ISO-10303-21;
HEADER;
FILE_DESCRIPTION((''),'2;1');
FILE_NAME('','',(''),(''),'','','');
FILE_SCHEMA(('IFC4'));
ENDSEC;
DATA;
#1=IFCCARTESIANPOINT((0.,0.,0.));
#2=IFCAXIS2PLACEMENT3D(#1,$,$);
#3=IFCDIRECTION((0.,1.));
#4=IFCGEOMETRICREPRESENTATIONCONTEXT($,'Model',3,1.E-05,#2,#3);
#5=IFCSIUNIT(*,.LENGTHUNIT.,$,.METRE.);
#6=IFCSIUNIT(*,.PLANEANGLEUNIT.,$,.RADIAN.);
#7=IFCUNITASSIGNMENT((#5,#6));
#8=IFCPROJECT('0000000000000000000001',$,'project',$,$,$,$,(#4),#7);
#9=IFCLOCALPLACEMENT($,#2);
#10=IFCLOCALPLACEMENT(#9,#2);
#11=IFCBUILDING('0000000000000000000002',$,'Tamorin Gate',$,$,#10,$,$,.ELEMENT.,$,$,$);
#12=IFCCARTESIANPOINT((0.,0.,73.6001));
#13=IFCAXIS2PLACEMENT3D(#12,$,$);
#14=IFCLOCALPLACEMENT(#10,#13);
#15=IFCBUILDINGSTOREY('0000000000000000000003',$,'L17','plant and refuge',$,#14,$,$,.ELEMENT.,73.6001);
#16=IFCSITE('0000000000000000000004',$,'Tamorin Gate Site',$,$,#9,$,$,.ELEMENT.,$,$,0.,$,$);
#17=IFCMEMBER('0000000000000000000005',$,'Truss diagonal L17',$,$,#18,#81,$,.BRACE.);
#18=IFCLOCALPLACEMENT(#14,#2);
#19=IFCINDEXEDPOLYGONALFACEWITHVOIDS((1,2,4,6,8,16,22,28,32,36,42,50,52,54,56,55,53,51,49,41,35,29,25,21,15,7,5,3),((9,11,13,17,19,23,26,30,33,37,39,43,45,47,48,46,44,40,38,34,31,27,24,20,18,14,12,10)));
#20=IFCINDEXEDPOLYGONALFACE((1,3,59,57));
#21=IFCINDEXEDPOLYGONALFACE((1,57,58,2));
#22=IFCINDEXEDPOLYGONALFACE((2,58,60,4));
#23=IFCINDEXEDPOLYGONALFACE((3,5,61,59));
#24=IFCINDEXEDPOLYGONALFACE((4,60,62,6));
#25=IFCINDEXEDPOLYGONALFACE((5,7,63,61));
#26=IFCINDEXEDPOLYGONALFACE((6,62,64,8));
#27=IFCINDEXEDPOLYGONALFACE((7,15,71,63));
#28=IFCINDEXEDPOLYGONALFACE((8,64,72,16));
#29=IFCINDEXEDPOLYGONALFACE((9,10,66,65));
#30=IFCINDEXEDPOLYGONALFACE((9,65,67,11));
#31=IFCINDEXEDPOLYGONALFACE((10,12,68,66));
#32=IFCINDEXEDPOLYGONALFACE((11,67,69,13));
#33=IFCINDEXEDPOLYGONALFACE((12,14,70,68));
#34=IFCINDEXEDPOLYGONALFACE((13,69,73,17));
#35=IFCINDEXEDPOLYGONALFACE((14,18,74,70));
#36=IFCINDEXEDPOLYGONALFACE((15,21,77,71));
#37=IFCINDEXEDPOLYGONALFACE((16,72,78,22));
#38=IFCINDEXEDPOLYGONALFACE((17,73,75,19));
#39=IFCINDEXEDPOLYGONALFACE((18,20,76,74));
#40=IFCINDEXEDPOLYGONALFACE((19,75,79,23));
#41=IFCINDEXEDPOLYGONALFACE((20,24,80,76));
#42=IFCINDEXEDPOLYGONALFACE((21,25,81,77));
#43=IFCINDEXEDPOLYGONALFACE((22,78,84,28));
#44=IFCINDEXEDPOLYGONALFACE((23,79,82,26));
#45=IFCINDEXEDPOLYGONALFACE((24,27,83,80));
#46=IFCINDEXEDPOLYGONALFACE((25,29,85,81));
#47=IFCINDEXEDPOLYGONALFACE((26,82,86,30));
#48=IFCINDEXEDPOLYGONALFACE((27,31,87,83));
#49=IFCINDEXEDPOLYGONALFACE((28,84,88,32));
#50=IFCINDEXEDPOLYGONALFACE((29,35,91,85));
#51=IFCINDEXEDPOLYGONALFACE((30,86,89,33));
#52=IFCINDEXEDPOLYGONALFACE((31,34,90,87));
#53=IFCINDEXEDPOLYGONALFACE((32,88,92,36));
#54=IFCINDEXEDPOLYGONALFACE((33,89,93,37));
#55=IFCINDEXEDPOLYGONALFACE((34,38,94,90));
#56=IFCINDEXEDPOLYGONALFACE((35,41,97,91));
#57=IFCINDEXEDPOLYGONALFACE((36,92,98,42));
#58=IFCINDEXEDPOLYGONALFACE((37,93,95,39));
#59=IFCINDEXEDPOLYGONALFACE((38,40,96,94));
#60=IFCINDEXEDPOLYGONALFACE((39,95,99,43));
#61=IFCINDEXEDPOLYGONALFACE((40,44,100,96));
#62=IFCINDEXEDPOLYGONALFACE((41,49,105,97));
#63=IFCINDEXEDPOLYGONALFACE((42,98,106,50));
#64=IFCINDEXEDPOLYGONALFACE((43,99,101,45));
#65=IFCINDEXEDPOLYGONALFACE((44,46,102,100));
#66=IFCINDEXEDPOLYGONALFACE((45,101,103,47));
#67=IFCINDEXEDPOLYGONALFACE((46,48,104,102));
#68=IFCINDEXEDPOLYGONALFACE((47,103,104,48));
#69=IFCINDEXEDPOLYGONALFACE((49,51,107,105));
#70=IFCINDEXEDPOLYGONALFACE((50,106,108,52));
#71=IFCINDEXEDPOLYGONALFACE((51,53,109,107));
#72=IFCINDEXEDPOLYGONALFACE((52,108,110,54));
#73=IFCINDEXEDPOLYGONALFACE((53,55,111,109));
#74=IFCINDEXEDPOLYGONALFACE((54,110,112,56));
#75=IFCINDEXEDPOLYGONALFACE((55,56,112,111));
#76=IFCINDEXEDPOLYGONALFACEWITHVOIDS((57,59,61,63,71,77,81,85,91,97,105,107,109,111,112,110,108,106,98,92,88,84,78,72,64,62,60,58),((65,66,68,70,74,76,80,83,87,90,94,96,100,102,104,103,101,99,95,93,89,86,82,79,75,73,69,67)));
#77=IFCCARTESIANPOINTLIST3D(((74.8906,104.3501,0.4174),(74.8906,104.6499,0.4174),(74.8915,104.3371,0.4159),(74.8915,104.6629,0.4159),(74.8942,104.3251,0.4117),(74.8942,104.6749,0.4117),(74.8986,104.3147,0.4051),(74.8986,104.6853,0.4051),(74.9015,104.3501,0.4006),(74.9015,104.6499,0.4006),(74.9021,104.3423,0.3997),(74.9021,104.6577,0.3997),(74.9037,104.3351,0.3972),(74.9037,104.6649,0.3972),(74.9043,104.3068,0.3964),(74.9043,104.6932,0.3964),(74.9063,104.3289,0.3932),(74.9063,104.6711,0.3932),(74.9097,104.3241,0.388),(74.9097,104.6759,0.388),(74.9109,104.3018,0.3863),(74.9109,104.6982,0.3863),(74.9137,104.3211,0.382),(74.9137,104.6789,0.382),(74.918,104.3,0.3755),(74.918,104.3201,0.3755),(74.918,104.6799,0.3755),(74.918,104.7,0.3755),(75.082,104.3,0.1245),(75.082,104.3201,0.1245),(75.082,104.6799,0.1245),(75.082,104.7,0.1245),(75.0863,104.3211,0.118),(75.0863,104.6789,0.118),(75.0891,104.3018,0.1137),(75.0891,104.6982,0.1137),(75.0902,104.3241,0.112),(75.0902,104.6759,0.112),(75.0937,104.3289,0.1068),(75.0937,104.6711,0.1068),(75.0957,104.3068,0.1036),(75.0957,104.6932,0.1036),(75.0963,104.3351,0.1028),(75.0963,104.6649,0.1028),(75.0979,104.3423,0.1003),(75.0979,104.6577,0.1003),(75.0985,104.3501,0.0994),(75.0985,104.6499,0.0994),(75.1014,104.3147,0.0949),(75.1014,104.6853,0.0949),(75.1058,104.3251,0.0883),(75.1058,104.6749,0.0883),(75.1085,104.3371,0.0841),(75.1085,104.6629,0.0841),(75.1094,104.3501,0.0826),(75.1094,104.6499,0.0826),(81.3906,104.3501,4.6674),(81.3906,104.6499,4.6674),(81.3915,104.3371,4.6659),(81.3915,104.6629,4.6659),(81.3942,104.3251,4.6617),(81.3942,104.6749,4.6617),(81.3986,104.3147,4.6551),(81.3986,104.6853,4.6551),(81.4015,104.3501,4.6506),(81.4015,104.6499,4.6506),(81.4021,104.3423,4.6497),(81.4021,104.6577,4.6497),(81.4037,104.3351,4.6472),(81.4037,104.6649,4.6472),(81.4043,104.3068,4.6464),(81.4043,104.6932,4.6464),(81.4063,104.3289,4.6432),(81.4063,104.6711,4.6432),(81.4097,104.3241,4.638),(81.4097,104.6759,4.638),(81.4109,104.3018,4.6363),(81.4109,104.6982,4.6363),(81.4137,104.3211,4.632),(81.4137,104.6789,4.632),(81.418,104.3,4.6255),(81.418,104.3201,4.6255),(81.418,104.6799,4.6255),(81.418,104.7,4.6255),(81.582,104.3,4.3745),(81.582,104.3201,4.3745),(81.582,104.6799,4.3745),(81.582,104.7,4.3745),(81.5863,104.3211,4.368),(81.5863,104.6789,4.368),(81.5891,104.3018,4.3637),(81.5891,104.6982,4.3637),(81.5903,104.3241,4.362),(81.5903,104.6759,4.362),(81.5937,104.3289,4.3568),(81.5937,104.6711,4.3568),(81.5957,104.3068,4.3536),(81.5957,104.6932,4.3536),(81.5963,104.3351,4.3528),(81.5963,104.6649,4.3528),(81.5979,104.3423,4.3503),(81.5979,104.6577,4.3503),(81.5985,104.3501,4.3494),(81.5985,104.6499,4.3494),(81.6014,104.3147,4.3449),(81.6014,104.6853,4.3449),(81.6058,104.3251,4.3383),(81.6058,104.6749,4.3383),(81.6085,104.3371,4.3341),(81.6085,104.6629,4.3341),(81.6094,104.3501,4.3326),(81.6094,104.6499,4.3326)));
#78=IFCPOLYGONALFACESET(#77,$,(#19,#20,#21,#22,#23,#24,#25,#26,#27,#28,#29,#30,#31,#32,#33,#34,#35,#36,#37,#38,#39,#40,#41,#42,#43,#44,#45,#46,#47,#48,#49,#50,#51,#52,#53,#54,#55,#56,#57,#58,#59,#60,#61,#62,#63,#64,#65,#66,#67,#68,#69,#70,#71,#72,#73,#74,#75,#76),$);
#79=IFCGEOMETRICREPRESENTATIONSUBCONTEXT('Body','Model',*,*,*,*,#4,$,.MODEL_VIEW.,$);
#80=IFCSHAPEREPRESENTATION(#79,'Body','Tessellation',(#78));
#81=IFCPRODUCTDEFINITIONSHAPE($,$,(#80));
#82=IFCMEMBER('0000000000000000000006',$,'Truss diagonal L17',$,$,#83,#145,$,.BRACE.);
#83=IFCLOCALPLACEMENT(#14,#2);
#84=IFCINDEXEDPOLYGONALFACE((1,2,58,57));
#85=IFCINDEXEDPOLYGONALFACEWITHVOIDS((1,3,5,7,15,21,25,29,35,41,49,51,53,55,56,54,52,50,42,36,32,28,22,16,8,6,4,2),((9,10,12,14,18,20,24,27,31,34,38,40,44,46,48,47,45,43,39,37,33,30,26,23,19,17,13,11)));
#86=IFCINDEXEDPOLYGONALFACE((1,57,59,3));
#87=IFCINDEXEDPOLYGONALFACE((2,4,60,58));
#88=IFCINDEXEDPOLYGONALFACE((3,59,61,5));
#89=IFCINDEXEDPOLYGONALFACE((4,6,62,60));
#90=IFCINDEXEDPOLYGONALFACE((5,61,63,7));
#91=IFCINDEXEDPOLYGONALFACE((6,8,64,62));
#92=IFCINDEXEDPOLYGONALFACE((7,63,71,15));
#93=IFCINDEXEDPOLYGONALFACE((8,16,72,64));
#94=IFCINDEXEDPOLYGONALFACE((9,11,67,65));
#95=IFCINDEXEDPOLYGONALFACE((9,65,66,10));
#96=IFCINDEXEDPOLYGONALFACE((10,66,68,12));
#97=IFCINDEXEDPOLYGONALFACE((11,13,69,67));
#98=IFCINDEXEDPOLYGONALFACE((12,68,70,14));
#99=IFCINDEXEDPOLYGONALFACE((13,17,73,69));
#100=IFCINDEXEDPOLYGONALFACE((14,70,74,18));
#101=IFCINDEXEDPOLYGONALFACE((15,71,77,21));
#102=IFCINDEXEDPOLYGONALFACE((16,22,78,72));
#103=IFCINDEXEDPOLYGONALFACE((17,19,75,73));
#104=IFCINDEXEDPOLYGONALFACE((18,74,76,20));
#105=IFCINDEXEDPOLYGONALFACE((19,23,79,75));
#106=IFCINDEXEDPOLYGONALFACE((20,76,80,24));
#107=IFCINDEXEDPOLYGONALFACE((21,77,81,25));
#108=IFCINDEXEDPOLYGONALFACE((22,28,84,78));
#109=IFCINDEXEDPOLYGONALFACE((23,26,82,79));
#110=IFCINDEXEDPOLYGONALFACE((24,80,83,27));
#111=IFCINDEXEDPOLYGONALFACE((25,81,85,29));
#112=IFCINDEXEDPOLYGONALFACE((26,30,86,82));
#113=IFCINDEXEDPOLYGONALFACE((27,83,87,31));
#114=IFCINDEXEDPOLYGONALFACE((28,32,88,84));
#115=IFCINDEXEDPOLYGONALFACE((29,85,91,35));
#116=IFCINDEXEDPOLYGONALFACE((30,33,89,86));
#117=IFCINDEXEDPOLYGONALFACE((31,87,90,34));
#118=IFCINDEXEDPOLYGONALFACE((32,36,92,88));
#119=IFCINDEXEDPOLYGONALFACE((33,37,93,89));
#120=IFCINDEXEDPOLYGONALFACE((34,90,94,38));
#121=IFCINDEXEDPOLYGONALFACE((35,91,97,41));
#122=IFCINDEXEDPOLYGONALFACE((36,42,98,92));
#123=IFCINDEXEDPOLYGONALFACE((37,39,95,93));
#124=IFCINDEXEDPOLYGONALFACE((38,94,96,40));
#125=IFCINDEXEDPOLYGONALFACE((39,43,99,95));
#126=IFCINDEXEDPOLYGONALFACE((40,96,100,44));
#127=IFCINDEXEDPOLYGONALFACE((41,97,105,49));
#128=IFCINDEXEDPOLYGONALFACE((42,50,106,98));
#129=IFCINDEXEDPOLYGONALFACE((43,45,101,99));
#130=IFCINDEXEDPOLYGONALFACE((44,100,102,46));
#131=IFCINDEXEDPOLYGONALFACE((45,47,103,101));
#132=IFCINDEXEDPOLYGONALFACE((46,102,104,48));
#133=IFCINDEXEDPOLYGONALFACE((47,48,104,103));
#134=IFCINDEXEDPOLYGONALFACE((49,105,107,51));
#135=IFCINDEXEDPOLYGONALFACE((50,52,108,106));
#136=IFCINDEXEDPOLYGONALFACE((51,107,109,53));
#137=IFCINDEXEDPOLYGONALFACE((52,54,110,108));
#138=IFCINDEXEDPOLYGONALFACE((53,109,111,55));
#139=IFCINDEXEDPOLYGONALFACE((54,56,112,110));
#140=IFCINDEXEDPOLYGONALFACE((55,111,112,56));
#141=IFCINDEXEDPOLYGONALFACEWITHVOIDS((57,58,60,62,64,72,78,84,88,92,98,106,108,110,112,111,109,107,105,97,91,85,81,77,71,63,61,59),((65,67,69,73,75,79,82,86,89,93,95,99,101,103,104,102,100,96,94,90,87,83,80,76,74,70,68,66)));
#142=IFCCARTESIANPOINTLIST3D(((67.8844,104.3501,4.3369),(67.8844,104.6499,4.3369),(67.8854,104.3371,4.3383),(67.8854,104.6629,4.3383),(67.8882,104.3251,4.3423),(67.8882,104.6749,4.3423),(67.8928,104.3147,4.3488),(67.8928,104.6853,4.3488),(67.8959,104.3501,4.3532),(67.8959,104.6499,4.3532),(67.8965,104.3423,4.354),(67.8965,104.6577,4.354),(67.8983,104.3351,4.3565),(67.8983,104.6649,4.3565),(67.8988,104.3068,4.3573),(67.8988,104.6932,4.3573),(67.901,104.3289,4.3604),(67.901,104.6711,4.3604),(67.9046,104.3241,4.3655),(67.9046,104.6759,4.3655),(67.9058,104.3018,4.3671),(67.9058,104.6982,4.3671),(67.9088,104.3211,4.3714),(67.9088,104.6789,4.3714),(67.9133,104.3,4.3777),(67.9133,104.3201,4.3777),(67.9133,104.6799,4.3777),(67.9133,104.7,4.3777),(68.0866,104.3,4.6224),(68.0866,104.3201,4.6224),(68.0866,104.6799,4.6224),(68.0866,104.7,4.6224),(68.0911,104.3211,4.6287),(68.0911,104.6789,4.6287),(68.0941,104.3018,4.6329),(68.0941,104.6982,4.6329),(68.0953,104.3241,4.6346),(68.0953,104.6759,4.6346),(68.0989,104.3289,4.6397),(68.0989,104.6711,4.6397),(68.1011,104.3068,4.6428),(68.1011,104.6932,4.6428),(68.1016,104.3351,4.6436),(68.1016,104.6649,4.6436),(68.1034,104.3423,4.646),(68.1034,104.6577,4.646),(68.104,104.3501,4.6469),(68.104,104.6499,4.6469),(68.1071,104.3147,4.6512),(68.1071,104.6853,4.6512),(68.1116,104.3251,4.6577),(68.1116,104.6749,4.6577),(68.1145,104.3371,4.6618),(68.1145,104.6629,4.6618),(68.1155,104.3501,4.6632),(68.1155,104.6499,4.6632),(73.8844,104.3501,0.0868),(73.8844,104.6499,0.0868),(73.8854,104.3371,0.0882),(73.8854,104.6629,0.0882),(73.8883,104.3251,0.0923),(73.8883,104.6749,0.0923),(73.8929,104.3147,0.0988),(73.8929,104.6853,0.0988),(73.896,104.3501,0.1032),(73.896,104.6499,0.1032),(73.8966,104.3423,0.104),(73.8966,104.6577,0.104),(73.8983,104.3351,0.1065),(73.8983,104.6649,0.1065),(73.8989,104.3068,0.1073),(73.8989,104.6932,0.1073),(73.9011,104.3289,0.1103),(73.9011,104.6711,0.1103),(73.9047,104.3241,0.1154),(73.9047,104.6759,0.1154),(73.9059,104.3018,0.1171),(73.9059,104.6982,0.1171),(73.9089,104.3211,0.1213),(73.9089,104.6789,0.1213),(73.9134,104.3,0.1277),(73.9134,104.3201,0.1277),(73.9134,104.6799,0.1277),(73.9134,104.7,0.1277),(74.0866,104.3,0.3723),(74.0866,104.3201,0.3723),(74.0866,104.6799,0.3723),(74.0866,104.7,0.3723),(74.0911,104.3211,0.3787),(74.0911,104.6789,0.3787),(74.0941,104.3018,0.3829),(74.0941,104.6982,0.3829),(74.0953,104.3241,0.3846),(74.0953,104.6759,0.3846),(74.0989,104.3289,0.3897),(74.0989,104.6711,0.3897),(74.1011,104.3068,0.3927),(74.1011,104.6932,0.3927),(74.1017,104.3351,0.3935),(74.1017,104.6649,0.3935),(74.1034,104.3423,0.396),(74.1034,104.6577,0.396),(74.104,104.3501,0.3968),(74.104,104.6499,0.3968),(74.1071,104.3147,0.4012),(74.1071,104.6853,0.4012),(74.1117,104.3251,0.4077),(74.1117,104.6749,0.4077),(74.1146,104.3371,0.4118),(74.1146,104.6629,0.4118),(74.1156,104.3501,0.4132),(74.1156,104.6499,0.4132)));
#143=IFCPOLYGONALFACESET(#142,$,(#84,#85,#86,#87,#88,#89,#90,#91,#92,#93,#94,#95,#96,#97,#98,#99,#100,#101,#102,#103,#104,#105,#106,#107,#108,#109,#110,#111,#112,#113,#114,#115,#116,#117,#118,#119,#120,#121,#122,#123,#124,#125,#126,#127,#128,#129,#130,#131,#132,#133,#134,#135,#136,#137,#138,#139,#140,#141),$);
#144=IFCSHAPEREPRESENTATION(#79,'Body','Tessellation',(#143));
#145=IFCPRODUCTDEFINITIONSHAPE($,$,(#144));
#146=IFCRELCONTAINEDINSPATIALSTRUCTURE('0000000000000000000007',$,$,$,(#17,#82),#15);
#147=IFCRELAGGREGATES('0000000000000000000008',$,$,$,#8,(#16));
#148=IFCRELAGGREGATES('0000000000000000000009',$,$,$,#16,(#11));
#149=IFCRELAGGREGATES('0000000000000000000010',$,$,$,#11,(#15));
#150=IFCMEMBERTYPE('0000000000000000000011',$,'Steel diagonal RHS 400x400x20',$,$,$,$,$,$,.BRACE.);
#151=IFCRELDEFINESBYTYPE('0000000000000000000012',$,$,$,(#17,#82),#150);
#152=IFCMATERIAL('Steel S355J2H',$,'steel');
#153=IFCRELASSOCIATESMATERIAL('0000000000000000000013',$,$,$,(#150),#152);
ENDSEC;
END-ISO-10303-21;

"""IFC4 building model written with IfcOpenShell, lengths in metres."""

from ifc_helpers import new_model, si_unit, direction, frame, origin, origin_2d, place, context, subcontext, project, spatial, hollow_rectangle, extrude, material, material_profile, profile_set, type_object, element, save


model = new_model("IFC4")

# Units and contexts
model_context = context("Model", 3, precision=1e-05, world=origin(), true_north=direction((0.0, 1.0)))
body_context = subcontext(model_context, "Body", "Model", "MODEL_VIEW")
ifc_project = project(units=[si_unit("LENGTHUNIT", "METRE"), si_unit("PLANEANGLEUNIT", "RADIAN")], contexts=[model_context])

# Site, building, storey
site_placement = place(None, origin())
site = spatial("IfcSite", under=ifc_project, at=site_placement, Name="Tamorin Gate Site", CompositionType="ELEMENT", RefElevation=0.0)
building_placement = place(site_placement, origin())
building = spatial("IfcBuilding", under=site, at=building_placement, Name="Tamorin Gate", CompositionType="ELEMENT")
storey_placement = place(building_placement, frame((0.0, 0.0, 73.6001)))
storey = spatial("IfcBuildingStorey", under=building, at=storey_placement, Name="L17", Description="plant and refuge", CompositionType="ELEMENT", Elevation=73.6001)

# Members
ifc_material_1 = material(Name="Steel S355J2H", Category="steel")
ifc_material_profile_1 = material_profile(ifc_material_1, hollow_rectangle(XDim=0.3999, YDim=0.3999, WallThickness=0.02, InnerFilletRadius=0.03, OuterFilletRadius=0.05, at=origin_2d()), Name="RHS 400x400x20")
ifc_profile_set_1 = profile_set([ifc_material_profile_1], Name="Steel S355J2H")
member_type_1 = type_object("IfcMemberType", Name="Steel diagonal RHS 400x400x20", PredefinedType="BRACE", material=ifc_profile_set_1)
member_1_placement = place(storey_placement, frame((81.5, 104.5, 4.5), z_axis=(-0.83697, 0.0, -0.547249), x_axis=(0.0, -1.0, 0.0)))
element("IfcMember", 1, at=member_1_placement, inside=storey, type_object=member_type_1, Name="Truss diagonal L17", PredefinedType="BRACE", context=body_context, shape_type="SweptSolid", body=[
    extrude(hollow_rectangle(XDim=0.3999, YDim=0.3999, WallThickness=0.02, InnerFilletRadius=0.03, OuterFilletRadius=0.05, at=origin_2d()), origin(), (0.0, 0.0, 1.0), 7.7661),
])
member_2_placement = place(storey_placement, frame((74.0, 104.5, 0.25), z_axis=(-0.816024, 0.0, 0.578017), x_axis=(0.0, -1.0, 0.0)))
element("IfcMember", 2, at=member_2_placement, inside=storey, type_object=member_type_1, Name="Truss diagonal L17", PredefinedType="BRACE", context=body_context, shape_type="SweptSolid", body=[
    extrude(hollow_rectangle(XDim=0.3999, YDim=0.3999, WallThickness=0.02, InnerFilletRadius=0.03, OuterFilletRadius=0.05, at=origin_2d()), origin(), (0.0, 0.0, 1.0), 7.3528),
])

save(model, "model.ifc")
